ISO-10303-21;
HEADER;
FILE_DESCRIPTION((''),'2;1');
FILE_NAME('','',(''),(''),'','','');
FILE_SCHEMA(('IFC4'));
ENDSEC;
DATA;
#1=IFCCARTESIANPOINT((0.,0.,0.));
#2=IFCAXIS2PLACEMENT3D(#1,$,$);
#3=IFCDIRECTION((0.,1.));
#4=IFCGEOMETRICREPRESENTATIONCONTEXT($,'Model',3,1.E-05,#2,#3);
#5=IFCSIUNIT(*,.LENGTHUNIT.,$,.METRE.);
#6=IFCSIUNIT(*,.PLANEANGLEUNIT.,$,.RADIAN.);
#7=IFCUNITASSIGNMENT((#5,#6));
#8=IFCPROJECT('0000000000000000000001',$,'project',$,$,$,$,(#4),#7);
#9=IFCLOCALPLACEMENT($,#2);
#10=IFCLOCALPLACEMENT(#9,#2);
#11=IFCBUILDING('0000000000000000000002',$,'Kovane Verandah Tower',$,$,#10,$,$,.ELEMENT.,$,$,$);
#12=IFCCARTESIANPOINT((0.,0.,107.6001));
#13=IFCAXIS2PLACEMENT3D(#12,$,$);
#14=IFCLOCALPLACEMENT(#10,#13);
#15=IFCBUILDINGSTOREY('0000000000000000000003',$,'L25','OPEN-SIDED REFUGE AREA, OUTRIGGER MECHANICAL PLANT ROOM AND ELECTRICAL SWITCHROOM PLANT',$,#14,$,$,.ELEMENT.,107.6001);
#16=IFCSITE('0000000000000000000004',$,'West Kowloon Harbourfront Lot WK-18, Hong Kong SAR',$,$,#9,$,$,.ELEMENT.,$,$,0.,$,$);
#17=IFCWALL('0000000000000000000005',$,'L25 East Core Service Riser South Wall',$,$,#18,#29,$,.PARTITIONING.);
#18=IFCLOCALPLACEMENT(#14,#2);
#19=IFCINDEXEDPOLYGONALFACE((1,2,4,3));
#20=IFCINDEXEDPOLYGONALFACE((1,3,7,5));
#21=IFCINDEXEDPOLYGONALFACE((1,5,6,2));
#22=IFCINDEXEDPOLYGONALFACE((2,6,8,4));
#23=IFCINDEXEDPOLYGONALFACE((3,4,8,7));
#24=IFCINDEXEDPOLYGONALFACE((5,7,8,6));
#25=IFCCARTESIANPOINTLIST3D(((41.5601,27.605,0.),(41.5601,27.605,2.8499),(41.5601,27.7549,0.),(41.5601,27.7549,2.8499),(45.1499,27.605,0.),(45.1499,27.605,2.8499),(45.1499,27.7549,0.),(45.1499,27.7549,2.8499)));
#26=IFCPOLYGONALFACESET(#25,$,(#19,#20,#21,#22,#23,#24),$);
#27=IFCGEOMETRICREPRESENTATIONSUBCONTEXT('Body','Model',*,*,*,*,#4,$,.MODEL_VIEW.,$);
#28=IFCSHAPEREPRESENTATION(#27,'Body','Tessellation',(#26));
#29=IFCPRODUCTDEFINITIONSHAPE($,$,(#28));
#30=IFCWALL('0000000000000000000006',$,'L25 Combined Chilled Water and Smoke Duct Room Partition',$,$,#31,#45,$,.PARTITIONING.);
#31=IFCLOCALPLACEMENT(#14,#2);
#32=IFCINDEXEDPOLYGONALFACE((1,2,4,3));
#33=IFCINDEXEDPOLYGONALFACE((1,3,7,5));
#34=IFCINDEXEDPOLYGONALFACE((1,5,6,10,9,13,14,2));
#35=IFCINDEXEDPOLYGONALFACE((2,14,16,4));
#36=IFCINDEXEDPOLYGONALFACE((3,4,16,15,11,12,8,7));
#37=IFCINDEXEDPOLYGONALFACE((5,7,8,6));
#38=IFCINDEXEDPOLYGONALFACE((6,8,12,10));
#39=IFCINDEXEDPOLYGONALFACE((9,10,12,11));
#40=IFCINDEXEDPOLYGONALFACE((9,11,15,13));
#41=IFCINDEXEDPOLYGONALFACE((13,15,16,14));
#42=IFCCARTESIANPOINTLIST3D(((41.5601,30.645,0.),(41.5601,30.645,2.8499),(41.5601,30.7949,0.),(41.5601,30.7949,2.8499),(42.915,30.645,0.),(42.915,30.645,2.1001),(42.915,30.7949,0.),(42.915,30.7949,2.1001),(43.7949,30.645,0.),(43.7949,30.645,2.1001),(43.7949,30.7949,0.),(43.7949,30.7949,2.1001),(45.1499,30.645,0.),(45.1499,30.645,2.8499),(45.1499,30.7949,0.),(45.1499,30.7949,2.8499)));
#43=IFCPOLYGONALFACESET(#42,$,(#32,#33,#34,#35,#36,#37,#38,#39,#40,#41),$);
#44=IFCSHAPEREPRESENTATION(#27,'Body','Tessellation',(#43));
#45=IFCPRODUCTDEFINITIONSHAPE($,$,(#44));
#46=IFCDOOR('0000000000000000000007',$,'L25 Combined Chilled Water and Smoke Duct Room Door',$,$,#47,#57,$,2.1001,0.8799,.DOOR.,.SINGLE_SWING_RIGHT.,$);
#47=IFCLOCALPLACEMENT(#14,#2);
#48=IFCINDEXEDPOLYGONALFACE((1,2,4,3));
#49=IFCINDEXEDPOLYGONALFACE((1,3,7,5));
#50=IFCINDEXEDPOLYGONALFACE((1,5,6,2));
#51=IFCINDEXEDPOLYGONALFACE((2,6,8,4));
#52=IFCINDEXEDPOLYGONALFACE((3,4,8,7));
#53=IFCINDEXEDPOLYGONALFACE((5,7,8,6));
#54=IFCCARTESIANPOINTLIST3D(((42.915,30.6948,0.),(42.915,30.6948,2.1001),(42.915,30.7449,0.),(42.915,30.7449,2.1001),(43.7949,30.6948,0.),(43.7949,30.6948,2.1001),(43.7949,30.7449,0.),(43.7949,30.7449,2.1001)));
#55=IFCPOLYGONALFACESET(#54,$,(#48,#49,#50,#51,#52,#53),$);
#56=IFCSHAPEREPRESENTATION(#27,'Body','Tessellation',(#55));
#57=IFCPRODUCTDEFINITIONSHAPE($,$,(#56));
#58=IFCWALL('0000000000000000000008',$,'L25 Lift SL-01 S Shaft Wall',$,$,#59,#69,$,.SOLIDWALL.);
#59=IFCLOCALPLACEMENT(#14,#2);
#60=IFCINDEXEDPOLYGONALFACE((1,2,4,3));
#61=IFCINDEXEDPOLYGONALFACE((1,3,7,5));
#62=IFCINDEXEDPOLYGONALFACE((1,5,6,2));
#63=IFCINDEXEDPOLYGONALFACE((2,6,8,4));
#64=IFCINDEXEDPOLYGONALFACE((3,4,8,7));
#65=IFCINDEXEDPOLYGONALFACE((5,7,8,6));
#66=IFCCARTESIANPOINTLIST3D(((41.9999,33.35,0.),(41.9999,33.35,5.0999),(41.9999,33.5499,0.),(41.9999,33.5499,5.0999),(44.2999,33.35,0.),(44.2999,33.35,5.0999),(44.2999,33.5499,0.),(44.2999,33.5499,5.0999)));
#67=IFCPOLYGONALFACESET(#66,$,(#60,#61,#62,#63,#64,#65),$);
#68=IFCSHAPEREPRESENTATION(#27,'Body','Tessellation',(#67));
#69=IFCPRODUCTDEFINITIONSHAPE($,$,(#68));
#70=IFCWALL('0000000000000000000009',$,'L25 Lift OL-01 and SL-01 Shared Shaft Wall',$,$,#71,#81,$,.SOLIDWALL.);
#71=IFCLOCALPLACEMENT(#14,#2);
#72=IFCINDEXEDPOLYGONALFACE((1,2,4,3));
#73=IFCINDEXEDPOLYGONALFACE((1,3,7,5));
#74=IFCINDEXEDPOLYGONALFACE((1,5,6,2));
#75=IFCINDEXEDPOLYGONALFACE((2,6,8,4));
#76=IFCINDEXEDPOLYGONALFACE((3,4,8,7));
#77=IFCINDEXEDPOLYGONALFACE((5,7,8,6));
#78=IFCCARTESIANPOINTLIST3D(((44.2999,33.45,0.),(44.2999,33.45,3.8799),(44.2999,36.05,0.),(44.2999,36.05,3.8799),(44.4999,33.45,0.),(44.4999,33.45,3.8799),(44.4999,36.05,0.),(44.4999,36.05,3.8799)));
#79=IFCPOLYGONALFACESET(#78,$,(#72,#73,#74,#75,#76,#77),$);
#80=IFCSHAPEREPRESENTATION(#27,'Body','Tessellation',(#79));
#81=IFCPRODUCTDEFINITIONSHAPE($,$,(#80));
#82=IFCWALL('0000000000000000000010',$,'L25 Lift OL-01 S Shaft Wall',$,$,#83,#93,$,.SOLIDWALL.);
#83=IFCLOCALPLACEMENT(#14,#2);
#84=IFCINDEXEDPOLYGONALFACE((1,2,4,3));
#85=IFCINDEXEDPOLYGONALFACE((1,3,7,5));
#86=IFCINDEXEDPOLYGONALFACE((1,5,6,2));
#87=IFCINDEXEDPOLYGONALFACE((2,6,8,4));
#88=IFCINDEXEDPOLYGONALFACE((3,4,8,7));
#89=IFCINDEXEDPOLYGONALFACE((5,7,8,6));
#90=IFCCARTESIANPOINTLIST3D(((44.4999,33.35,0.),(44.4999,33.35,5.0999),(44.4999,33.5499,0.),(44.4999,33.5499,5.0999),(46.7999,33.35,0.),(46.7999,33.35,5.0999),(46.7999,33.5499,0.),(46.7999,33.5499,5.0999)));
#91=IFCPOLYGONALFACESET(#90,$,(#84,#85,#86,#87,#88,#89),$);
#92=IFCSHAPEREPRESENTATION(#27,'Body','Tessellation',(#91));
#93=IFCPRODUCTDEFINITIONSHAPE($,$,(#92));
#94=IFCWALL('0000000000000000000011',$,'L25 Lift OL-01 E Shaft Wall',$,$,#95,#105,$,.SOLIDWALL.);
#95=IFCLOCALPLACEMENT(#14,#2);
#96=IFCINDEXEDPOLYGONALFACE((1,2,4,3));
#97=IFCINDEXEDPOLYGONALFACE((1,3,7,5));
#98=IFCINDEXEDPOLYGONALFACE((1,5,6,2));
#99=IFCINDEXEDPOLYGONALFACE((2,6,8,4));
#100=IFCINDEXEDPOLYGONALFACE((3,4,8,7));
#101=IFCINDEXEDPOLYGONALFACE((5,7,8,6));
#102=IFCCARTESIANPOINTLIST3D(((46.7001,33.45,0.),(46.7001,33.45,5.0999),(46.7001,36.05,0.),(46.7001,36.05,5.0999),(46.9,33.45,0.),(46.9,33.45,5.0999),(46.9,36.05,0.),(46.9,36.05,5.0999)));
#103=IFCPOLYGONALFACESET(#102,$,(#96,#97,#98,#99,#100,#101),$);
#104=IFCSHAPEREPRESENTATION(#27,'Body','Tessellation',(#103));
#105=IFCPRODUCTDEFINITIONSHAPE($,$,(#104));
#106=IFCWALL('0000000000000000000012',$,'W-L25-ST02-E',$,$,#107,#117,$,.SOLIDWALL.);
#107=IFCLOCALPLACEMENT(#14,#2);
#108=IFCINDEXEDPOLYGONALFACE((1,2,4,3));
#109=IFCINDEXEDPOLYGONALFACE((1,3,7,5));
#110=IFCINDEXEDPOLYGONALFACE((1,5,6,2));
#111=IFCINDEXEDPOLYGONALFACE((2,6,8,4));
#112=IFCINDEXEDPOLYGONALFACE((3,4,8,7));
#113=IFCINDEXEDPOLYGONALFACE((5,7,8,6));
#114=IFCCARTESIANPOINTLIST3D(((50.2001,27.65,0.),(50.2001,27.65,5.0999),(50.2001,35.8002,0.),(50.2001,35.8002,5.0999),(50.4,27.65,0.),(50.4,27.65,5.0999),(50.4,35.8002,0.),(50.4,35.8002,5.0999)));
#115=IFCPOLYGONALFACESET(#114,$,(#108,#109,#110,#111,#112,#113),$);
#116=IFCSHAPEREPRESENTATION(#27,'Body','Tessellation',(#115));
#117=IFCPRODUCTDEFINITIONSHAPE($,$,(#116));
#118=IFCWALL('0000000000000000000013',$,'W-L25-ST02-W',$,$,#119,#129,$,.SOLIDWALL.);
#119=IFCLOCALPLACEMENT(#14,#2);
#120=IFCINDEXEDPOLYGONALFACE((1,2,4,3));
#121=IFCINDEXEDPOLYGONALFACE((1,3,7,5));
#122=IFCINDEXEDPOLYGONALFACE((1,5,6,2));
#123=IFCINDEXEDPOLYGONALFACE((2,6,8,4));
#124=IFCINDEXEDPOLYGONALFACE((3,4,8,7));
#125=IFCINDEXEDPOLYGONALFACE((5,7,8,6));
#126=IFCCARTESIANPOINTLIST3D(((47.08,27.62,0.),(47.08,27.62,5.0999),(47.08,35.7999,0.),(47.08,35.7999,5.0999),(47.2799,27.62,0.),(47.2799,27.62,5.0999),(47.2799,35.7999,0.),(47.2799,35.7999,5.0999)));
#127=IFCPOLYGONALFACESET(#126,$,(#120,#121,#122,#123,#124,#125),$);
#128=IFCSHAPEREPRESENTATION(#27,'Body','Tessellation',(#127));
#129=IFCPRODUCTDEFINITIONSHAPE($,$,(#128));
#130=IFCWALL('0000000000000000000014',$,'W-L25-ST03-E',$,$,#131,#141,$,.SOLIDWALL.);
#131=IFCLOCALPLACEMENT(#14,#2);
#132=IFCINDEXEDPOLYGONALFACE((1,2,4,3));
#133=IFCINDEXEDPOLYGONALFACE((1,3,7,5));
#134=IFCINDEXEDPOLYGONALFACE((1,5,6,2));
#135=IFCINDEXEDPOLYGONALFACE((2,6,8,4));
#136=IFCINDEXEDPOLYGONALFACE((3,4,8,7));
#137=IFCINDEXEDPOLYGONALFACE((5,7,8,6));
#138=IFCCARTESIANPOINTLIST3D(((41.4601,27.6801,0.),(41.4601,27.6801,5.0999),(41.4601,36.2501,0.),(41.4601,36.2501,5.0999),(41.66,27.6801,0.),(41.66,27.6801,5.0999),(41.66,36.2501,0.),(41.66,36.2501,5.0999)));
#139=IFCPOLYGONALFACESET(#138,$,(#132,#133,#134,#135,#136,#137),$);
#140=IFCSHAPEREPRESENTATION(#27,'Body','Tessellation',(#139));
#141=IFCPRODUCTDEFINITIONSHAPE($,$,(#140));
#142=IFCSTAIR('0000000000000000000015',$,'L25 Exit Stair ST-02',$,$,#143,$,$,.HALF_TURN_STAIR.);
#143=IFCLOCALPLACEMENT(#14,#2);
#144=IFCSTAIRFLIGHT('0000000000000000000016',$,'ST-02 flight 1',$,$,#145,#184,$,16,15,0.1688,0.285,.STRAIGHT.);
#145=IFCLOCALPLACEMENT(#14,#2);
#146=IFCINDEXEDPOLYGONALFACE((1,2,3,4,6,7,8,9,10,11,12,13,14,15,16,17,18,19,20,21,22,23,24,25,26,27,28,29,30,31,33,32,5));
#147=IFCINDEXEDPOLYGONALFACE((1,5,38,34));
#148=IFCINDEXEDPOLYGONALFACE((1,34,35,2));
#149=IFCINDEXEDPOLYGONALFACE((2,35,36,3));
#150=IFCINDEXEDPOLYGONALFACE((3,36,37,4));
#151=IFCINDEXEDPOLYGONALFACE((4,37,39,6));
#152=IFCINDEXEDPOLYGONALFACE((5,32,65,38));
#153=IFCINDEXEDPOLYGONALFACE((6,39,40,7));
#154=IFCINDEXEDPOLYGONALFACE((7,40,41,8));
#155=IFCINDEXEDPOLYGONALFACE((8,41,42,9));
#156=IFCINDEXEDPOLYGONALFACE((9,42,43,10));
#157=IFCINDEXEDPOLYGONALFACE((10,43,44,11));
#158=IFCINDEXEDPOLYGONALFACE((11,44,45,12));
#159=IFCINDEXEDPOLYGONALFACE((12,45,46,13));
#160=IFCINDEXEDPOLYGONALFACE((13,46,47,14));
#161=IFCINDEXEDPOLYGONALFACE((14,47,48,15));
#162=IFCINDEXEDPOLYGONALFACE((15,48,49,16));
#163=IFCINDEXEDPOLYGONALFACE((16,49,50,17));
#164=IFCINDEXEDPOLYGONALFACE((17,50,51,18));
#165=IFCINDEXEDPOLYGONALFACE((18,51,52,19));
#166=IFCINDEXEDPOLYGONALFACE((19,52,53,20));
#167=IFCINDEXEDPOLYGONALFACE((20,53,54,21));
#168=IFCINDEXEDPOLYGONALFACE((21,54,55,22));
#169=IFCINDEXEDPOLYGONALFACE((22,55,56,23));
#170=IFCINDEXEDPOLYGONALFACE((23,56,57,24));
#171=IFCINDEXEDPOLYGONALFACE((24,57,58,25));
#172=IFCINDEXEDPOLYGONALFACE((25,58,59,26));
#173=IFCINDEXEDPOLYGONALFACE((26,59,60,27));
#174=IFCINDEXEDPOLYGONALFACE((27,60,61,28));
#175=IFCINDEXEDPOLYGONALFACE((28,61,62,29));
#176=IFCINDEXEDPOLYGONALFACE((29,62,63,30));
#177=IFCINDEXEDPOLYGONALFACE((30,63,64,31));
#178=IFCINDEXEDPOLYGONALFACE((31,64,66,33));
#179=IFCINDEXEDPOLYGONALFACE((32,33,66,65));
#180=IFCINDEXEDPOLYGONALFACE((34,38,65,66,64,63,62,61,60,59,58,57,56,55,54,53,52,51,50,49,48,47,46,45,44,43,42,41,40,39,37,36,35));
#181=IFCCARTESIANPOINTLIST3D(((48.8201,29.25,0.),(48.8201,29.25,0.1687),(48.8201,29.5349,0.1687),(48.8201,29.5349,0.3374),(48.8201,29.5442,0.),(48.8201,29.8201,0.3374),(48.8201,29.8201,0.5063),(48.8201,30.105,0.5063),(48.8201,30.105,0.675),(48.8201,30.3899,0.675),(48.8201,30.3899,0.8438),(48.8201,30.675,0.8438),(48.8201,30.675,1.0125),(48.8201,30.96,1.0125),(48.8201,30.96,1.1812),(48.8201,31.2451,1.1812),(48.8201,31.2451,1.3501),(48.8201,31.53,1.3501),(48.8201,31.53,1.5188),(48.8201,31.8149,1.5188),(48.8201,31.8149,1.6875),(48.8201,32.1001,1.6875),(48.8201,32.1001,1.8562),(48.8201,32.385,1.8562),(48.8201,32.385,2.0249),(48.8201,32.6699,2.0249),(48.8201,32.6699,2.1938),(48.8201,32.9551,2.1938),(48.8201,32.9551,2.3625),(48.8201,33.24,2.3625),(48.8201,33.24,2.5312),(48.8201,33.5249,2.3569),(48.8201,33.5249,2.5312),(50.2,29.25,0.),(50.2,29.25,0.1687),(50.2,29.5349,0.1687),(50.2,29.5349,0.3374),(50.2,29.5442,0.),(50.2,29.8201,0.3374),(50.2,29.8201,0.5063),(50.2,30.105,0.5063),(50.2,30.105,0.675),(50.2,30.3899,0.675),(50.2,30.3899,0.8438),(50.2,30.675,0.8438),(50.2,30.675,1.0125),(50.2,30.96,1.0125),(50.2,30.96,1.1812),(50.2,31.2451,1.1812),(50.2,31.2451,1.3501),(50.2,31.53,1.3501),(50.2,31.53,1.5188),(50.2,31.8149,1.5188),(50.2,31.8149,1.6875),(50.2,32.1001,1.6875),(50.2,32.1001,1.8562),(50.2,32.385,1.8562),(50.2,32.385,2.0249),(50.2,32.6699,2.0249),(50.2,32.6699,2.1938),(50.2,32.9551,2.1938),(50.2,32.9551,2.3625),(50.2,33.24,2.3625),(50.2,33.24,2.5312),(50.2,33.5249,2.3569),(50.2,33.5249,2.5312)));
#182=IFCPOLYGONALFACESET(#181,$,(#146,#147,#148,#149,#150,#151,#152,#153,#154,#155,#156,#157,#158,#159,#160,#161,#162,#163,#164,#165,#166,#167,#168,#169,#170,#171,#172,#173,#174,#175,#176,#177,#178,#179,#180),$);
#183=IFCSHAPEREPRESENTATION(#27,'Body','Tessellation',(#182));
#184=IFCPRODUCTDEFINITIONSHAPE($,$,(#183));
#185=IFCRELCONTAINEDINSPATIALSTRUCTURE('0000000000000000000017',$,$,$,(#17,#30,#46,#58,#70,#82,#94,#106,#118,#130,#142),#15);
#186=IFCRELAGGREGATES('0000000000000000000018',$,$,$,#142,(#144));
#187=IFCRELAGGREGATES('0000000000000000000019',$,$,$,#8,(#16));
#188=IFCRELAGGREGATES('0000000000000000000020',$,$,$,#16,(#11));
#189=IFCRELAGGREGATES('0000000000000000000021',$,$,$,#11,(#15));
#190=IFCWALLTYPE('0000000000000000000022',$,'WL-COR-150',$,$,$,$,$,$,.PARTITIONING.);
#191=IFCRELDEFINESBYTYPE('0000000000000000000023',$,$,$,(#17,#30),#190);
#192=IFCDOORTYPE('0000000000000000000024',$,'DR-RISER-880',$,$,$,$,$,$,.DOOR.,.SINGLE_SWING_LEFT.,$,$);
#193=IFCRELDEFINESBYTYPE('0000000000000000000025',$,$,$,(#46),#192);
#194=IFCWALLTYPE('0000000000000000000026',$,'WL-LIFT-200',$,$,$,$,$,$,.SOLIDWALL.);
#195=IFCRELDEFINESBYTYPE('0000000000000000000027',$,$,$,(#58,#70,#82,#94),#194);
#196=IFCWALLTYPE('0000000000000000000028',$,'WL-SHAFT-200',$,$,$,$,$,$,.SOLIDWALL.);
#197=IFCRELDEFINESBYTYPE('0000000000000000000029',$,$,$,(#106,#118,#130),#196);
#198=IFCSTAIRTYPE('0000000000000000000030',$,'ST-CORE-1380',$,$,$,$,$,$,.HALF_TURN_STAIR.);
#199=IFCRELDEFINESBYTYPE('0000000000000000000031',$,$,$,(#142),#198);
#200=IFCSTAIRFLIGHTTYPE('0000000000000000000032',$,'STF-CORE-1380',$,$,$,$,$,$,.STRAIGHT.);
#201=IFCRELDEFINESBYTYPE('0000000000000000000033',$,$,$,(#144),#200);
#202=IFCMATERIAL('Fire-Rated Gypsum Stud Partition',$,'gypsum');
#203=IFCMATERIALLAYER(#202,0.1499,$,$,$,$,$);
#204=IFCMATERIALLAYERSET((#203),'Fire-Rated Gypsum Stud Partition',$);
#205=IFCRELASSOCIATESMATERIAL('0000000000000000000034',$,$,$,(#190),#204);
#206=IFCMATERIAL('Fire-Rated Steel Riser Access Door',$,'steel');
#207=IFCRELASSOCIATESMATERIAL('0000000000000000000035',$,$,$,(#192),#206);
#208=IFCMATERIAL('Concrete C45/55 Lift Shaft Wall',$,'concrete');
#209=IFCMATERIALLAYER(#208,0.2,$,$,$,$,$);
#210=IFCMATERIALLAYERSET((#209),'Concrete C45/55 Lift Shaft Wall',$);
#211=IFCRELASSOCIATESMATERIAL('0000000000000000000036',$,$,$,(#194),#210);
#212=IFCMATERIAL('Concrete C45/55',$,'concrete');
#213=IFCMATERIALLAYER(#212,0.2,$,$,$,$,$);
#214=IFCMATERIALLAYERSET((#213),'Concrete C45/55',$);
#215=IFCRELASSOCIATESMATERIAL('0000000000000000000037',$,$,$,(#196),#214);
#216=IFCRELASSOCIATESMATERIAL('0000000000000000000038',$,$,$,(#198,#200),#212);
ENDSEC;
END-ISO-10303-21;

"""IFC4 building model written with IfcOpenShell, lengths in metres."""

from ifc_helpers import new_model, si_unit, direction, frame, frame_2d, origin, place, context, subcontext, project, spatial, polyline, rectangle, outline, extrude, material, layer, layer_set, type_object, element, fill, aggregate, save


model = new_model("IFC4")

# Units and contexts
model_context = context("Model", 3, precision=1e-05, world=origin(), true_north=direction((0.0, 1.0)))
body_context = subcontext(model_context, "Body", "Model", "MODEL_VIEW")
ifc_project = project(units=[si_unit("LENGTHUNIT", "METRE"), si_unit("PLANEANGLEUNIT", "RADIAN")], contexts=[model_context])

# Site, building, storey
site_placement = place(None, origin())
site = spatial("IfcSite", under=ifc_project, at=site_placement, Name="West Kowloon Harbourfront Lot WK-18, Hong Kong SAR", CompositionType="ELEMENT", RefElevation=0.0)
building_placement = place(site_placement, origin())
building = spatial("IfcBuilding", under=site, at=building_placement, Name="Kovane Verandah Tower", CompositionType="ELEMENT")
storey_placement = place(building_placement, frame((0.0, 0.0, 107.6001)))
storey = spatial("IfcBuildingStorey", under=building, at=storey_placement, Name="L25", Description="OPEN-SIDED REFUGE AREA, OUTRIGGER MECHANICAL PLANT ROOM AND ELECTRICAL SWITCHROOM PLANT", CompositionType="ELEMENT", Elevation=107.6001)

# Wall
ifc_material_1 = material(Name="Fire-Rated Gypsum Stud Partition", Category="gypsum")
ifc_layer_1 = layer(ifc_material_1, 0.1499)
ifc_layer_set_1 = layer_set([ifc_layer_1], Name="Fire-Rated Gypsum Stud Partition")
wall_type_1 = type_object("IfcWallType", Name="WL-COR-150", PredefinedType="PARTITIONING", material=ifc_layer_set_1)
wall_1_placement = place(storey_placement, frame((41.5601, 27.6799, 0.0), z_axis=(0.0, 0.0, 1.0), x_axis=(1.0, 0.0, 0.0)))
element("IfcWall", 1, at=wall_1_placement, inside=storey, type_object=wall_type_1, Name="L25 East Core Service Riser South Wall", PredefinedType="PARTITIONING", context=body_context, shape_type="SweptSolid", body=[
    extrude(rectangle(XDim=3.5898, YDim=0.1499, at=frame_2d((1.7949, 0.0))), origin(), (0.0, 0.0, 1.0), 2.8499),
])

# Wall, opening, door
wall_2_placement = place(storey_placement, frame((41.5601, 30.72, 0.0), z_axis=(0.0, 0.0, 1.0), x_axis=(1.0, 0.0, 0.0)))
wall_2 = element("IfcWall", 2, at=wall_2_placement, inside=storey, type_object=wall_type_1, Name="L25 Combined Chilled Water and Smoke Duct Room Partition", PredefinedType="PARTITIONING", context=body_context, shape_type="SweptSolid", body=[
    extrude(rectangle(XDim=3.5898, YDim=0.1499, at=frame_2d((1.7949, 0.0))), origin(), (0.0, 0.0, 1.0), 2.8499),
])
opening_1_placement = place(wall_2_placement, frame((1.355, 0.0, 0.0)))
opening_1 = element("IfcOpeningElement", 3, at=opening_1_placement, cuts=wall_2, PredefinedType="OPENING", context=body_context, shape_type="SweptSolid", body=[
    extrude(rectangle(XDim=0.8799, YDim=2.1001, at=frame_2d((0.4399, 1.05))), frame((0.0, 0.075, 0.0), z_axis=(0.0, -1.0, 0.0), x_axis=(1.0, 0.0, 0.0)), (0.0, 0.0, 1.0), 0.1499),
])
ifc_material_2 = material(Name="Fire-Rated Steel Riser Access Door", Category="steel")
door_type_1 = type_object("IfcDoorType", Name="DR-RISER-880", OperationType="SINGLE_SWING_LEFT", PredefinedType="DOOR", material=ifc_material_2)
door_1_placement = place(opening_1_placement, origin())
door_1 = element("IfcDoor", 4, at=door_1_placement, inside=storey, type_object=door_type_1, Name="L25 Combined Chilled Water and Smoke Duct Room Door", OperationType="SINGLE_SWING_RIGHT", OverallHeight=2.1001, OverallWidth=0.8799, PredefinedType="DOOR", context=body_context, shape_type="SweptSolid", body=[
    extrude(rectangle(XDim=0.8799, YDim=2.1001, at=frame_2d((0.4399, 1.05))), frame((0.0, 0.0249, 0.0), z_axis=(0.0, -1.0, 0.0), x_axis=(1.0, 0.0, 0.0)), (0.0, 0.0, 1.0), 0.05),
])
fill(opening_1, door_1)

# Walls
ifc_material_3 = material(Name="Concrete C45/55 Lift Shaft Wall", Category="concrete")
ifc_layer_2 = layer(ifc_material_3, 0.2)
ifc_layer_set_2 = layer_set([ifc_layer_2], Name="Concrete C45/55 Lift Shaft Wall")
wall_type_2 = type_object("IfcWallType", Name="WL-LIFT-200", PredefinedType="SOLIDWALL", material=ifc_layer_set_2)
wall_3_placement = place(storey_placement, frame((42.0, 33.45, 0.0), z_axis=(0.0, 0.0, 1.0), x_axis=(1.0, 0.0, 0.0)))
element("IfcWall", 5, at=wall_3_placement, inside=storey, type_object=wall_type_2, Name="L25 Lift SL-01 S Shaft Wall", PredefinedType="SOLIDWALL", context=body_context, shape_type="SweptSolid", body=[
    extrude(rectangle(XDim=2.3, YDim=0.2, at=frame_2d((1.1499, 0.0))), origin(), (0.0, 0.0, 1.0), 5.0999),
])
wall_4_placement = place(storey_placement, frame((44.3999, 33.45, 0.0), z_axis=(0.0, 0.0, 1.0), x_axis=(0.0, 1.0, 0.0)))
element("IfcWall", 6, at=wall_4_placement, inside=storey, type_object=wall_type_2, Name="L25 Lift OL-01 and SL-01 Shared Shaft Wall", PredefinedType="SOLIDWALL", context=body_context, shape_type="SweptSolid", body=[
    extrude(rectangle(XDim=2.6001, YDim=0.2, at=frame_2d((1.3, 0.0))), origin(), (0.0, 0.0, 1.0), 3.8799),
])
wall_5_placement = place(storey_placement, frame((44.5, 33.45, 0.0), z_axis=(0.0, 0.0, 1.0), x_axis=(1.0, 0.0, 0.0)))
element("IfcWall", 7, at=wall_5_placement, inside=storey, type_object=wall_type_2, Name="L25 Lift OL-01 S Shaft Wall", PredefinedType="SOLIDWALL", context=body_context, shape_type="SweptSolid", body=[
    extrude(rectangle(XDim=2.3, YDim=0.2, at=frame_2d((1.1499, 0.0))), origin(), (0.0, 0.0, 1.0), 5.0999),
])
wall_6_placement = place(storey_placement, frame((46.8, 33.45, 0.0), z_axis=(0.0, 0.0, 1.0), x_axis=(0.0, 1.0, 0.0)))
element("IfcWall", 8, at=wall_6_placement, inside=storey, type_object=wall_type_2, Name="L25 Lift OL-01 E Shaft Wall", PredefinedType="SOLIDWALL", context=body_context, shape_type="SweptSolid", body=[
    extrude(rectangle(XDim=2.6001, YDim=0.2, at=frame_2d((1.3, 0.0))), origin(), (0.0, 0.0, 1.0), 5.0999),
])
ifc_material_4 = material(Name="Concrete C45/55", Category="concrete")
ifc_layer_3 = layer(ifc_material_4, 0.2)
ifc_layer_set_3 = layer_set([ifc_layer_3], Name="Concrete C45/55")
wall_type_3 = type_object("IfcWallType", Name="WL-SHAFT-200", PredefinedType="SOLIDWALL", material=ifc_layer_set_3)
wall_7_placement = place(storey_placement, frame((50.3, 27.6499, 0.0), z_axis=(0.0, 0.0, 1.0), x_axis=(0.0, 1.0, 0.0)))
element("IfcWall", 9, at=wall_7_placement, inside=storey, type_object=wall_type_3, Name="W-L25-ST02-E", PredefinedType="SOLIDWALL", context=body_context, shape_type="SweptSolid", body=[
    extrude(rectangle(XDim=8.1501, YDim=0.2, at=frame_2d((4.0752, 0.0))), origin(), (0.0, 0.0, 1.0), 5.0999),
])
wall_8_placement = place(storey_placement, frame((47.1799, 27.6201, 0.0), z_axis=(0.0, 0.0, 1.0), x_axis=(0.0, 1.0, 0.0)))
element("IfcWall", 10, at=wall_8_placement, inside=storey, type_object=wall_type_3, Name="W-L25-ST02-W", PredefinedType="SOLIDWALL", context=body_context, shape_type="SweptSolid", body=[
    extrude(rectangle(XDim=8.1799, YDim=0.2, at=frame_2d((4.0898, 0.0))), origin(), (0.0, 0.0, 1.0), 5.0999),
])

# Wall
wall_9_placement = place(storey_placement, frame((41.5601, 27.6799, 0.0), z_axis=(0.0, 0.0, 1.0), x_axis=(0.0, 1.0, 0.0)))
element("IfcWall", 11, at=wall_9_placement, inside=storey, type_object=wall_type_3, Name="W-L25-ST03-E", PredefinedType="SOLIDWALL", context=body_context, shape_type="SweptSolid", body=[
    extrude(rectangle(XDim=8.5701, YDim=0.2, at=frame_2d((4.2852, 0.0))), origin(), (0.0, 0.0, 1.0), 5.0999),
])

# Stair, stair flight
stair_type = type_object("IfcStairType", Name="ST-CORE-1380", PredefinedType="HALF_TURN_STAIR", material=ifc_material_4)
stair_1_placement = place(storey_placement, origin())
stair_1 = element("IfcStair", 12, at=stair_1_placement, inside=storey, type_object=stair_type, Name="L25 Exit Stair ST-02", PredefinedType="HALF_TURN_STAIR")
stair_flight_type = type_object("IfcStairFlightType", Name="STF-CORE-1380", PredefinedType="STRAIGHT", material=ifc_material_4)
stair_flight_1_placement = place(storey_placement, frame((49.51, 29.25, 0.0), z_axis=(0.0, 0.0, 1.0), x_axis=(0.0, 1.0, 0.0)))
stair_flight_1 = element("IfcStairFlight", 13, at=stair_flight_1_placement, type_object=stair_flight_type, Name="ST-02 flight 1", NumberOfRisers=16, NumberOfTreads=15, PredefinedType="STRAIGHT", RiserHeight=0.1688, TreadLength=0.285, context=body_context, shape_type="SweptSolid", body=[
    extrude(outline(polyline([(0.0, 0.0), (0.0, 0.1687), (0.2849, 0.1687), (0.2849, 0.3374), (0.5701, 0.3374), (0.5701, 0.5063), (0.855, 0.5063), (0.855, 0.675), (1.1399, 0.675), (1.1399, 0.8438), (1.425, 0.8438), (1.425, 1.0125), (1.71, 1.0125), (1.71, 1.1812), (1.9951, 1.1812), (1.9951, 1.3501), (2.28, 1.3501), (2.28, 1.5188), (2.5649, 1.5188), (2.5649, 1.6875), (2.8501, 1.6875), (2.8501, 1.8562), (3.135, 1.8562), (3.135, 2.0249), (3.4199, 2.0249), (3.4199, 2.1938), (3.7051, 2.1938), (3.7051, 2.3625), (3.99, 2.3625), (3.99, 2.5312), (4.2749, 2.5312), (4.2749, 2.7), (4.2749, 2.3569), (0.2942, 0.0), (0.0, 0.0)])), frame((0.0, 0.6899, 0.0), z_axis=(0.0, -1.0, 0.0), x_axis=(1.0, 0.0, 0.0)), (0.0, 0.0, 1.0), 1.3799),
])
aggregate(stair_1, [stair_flight_1])

save(model, "model.ifc")
